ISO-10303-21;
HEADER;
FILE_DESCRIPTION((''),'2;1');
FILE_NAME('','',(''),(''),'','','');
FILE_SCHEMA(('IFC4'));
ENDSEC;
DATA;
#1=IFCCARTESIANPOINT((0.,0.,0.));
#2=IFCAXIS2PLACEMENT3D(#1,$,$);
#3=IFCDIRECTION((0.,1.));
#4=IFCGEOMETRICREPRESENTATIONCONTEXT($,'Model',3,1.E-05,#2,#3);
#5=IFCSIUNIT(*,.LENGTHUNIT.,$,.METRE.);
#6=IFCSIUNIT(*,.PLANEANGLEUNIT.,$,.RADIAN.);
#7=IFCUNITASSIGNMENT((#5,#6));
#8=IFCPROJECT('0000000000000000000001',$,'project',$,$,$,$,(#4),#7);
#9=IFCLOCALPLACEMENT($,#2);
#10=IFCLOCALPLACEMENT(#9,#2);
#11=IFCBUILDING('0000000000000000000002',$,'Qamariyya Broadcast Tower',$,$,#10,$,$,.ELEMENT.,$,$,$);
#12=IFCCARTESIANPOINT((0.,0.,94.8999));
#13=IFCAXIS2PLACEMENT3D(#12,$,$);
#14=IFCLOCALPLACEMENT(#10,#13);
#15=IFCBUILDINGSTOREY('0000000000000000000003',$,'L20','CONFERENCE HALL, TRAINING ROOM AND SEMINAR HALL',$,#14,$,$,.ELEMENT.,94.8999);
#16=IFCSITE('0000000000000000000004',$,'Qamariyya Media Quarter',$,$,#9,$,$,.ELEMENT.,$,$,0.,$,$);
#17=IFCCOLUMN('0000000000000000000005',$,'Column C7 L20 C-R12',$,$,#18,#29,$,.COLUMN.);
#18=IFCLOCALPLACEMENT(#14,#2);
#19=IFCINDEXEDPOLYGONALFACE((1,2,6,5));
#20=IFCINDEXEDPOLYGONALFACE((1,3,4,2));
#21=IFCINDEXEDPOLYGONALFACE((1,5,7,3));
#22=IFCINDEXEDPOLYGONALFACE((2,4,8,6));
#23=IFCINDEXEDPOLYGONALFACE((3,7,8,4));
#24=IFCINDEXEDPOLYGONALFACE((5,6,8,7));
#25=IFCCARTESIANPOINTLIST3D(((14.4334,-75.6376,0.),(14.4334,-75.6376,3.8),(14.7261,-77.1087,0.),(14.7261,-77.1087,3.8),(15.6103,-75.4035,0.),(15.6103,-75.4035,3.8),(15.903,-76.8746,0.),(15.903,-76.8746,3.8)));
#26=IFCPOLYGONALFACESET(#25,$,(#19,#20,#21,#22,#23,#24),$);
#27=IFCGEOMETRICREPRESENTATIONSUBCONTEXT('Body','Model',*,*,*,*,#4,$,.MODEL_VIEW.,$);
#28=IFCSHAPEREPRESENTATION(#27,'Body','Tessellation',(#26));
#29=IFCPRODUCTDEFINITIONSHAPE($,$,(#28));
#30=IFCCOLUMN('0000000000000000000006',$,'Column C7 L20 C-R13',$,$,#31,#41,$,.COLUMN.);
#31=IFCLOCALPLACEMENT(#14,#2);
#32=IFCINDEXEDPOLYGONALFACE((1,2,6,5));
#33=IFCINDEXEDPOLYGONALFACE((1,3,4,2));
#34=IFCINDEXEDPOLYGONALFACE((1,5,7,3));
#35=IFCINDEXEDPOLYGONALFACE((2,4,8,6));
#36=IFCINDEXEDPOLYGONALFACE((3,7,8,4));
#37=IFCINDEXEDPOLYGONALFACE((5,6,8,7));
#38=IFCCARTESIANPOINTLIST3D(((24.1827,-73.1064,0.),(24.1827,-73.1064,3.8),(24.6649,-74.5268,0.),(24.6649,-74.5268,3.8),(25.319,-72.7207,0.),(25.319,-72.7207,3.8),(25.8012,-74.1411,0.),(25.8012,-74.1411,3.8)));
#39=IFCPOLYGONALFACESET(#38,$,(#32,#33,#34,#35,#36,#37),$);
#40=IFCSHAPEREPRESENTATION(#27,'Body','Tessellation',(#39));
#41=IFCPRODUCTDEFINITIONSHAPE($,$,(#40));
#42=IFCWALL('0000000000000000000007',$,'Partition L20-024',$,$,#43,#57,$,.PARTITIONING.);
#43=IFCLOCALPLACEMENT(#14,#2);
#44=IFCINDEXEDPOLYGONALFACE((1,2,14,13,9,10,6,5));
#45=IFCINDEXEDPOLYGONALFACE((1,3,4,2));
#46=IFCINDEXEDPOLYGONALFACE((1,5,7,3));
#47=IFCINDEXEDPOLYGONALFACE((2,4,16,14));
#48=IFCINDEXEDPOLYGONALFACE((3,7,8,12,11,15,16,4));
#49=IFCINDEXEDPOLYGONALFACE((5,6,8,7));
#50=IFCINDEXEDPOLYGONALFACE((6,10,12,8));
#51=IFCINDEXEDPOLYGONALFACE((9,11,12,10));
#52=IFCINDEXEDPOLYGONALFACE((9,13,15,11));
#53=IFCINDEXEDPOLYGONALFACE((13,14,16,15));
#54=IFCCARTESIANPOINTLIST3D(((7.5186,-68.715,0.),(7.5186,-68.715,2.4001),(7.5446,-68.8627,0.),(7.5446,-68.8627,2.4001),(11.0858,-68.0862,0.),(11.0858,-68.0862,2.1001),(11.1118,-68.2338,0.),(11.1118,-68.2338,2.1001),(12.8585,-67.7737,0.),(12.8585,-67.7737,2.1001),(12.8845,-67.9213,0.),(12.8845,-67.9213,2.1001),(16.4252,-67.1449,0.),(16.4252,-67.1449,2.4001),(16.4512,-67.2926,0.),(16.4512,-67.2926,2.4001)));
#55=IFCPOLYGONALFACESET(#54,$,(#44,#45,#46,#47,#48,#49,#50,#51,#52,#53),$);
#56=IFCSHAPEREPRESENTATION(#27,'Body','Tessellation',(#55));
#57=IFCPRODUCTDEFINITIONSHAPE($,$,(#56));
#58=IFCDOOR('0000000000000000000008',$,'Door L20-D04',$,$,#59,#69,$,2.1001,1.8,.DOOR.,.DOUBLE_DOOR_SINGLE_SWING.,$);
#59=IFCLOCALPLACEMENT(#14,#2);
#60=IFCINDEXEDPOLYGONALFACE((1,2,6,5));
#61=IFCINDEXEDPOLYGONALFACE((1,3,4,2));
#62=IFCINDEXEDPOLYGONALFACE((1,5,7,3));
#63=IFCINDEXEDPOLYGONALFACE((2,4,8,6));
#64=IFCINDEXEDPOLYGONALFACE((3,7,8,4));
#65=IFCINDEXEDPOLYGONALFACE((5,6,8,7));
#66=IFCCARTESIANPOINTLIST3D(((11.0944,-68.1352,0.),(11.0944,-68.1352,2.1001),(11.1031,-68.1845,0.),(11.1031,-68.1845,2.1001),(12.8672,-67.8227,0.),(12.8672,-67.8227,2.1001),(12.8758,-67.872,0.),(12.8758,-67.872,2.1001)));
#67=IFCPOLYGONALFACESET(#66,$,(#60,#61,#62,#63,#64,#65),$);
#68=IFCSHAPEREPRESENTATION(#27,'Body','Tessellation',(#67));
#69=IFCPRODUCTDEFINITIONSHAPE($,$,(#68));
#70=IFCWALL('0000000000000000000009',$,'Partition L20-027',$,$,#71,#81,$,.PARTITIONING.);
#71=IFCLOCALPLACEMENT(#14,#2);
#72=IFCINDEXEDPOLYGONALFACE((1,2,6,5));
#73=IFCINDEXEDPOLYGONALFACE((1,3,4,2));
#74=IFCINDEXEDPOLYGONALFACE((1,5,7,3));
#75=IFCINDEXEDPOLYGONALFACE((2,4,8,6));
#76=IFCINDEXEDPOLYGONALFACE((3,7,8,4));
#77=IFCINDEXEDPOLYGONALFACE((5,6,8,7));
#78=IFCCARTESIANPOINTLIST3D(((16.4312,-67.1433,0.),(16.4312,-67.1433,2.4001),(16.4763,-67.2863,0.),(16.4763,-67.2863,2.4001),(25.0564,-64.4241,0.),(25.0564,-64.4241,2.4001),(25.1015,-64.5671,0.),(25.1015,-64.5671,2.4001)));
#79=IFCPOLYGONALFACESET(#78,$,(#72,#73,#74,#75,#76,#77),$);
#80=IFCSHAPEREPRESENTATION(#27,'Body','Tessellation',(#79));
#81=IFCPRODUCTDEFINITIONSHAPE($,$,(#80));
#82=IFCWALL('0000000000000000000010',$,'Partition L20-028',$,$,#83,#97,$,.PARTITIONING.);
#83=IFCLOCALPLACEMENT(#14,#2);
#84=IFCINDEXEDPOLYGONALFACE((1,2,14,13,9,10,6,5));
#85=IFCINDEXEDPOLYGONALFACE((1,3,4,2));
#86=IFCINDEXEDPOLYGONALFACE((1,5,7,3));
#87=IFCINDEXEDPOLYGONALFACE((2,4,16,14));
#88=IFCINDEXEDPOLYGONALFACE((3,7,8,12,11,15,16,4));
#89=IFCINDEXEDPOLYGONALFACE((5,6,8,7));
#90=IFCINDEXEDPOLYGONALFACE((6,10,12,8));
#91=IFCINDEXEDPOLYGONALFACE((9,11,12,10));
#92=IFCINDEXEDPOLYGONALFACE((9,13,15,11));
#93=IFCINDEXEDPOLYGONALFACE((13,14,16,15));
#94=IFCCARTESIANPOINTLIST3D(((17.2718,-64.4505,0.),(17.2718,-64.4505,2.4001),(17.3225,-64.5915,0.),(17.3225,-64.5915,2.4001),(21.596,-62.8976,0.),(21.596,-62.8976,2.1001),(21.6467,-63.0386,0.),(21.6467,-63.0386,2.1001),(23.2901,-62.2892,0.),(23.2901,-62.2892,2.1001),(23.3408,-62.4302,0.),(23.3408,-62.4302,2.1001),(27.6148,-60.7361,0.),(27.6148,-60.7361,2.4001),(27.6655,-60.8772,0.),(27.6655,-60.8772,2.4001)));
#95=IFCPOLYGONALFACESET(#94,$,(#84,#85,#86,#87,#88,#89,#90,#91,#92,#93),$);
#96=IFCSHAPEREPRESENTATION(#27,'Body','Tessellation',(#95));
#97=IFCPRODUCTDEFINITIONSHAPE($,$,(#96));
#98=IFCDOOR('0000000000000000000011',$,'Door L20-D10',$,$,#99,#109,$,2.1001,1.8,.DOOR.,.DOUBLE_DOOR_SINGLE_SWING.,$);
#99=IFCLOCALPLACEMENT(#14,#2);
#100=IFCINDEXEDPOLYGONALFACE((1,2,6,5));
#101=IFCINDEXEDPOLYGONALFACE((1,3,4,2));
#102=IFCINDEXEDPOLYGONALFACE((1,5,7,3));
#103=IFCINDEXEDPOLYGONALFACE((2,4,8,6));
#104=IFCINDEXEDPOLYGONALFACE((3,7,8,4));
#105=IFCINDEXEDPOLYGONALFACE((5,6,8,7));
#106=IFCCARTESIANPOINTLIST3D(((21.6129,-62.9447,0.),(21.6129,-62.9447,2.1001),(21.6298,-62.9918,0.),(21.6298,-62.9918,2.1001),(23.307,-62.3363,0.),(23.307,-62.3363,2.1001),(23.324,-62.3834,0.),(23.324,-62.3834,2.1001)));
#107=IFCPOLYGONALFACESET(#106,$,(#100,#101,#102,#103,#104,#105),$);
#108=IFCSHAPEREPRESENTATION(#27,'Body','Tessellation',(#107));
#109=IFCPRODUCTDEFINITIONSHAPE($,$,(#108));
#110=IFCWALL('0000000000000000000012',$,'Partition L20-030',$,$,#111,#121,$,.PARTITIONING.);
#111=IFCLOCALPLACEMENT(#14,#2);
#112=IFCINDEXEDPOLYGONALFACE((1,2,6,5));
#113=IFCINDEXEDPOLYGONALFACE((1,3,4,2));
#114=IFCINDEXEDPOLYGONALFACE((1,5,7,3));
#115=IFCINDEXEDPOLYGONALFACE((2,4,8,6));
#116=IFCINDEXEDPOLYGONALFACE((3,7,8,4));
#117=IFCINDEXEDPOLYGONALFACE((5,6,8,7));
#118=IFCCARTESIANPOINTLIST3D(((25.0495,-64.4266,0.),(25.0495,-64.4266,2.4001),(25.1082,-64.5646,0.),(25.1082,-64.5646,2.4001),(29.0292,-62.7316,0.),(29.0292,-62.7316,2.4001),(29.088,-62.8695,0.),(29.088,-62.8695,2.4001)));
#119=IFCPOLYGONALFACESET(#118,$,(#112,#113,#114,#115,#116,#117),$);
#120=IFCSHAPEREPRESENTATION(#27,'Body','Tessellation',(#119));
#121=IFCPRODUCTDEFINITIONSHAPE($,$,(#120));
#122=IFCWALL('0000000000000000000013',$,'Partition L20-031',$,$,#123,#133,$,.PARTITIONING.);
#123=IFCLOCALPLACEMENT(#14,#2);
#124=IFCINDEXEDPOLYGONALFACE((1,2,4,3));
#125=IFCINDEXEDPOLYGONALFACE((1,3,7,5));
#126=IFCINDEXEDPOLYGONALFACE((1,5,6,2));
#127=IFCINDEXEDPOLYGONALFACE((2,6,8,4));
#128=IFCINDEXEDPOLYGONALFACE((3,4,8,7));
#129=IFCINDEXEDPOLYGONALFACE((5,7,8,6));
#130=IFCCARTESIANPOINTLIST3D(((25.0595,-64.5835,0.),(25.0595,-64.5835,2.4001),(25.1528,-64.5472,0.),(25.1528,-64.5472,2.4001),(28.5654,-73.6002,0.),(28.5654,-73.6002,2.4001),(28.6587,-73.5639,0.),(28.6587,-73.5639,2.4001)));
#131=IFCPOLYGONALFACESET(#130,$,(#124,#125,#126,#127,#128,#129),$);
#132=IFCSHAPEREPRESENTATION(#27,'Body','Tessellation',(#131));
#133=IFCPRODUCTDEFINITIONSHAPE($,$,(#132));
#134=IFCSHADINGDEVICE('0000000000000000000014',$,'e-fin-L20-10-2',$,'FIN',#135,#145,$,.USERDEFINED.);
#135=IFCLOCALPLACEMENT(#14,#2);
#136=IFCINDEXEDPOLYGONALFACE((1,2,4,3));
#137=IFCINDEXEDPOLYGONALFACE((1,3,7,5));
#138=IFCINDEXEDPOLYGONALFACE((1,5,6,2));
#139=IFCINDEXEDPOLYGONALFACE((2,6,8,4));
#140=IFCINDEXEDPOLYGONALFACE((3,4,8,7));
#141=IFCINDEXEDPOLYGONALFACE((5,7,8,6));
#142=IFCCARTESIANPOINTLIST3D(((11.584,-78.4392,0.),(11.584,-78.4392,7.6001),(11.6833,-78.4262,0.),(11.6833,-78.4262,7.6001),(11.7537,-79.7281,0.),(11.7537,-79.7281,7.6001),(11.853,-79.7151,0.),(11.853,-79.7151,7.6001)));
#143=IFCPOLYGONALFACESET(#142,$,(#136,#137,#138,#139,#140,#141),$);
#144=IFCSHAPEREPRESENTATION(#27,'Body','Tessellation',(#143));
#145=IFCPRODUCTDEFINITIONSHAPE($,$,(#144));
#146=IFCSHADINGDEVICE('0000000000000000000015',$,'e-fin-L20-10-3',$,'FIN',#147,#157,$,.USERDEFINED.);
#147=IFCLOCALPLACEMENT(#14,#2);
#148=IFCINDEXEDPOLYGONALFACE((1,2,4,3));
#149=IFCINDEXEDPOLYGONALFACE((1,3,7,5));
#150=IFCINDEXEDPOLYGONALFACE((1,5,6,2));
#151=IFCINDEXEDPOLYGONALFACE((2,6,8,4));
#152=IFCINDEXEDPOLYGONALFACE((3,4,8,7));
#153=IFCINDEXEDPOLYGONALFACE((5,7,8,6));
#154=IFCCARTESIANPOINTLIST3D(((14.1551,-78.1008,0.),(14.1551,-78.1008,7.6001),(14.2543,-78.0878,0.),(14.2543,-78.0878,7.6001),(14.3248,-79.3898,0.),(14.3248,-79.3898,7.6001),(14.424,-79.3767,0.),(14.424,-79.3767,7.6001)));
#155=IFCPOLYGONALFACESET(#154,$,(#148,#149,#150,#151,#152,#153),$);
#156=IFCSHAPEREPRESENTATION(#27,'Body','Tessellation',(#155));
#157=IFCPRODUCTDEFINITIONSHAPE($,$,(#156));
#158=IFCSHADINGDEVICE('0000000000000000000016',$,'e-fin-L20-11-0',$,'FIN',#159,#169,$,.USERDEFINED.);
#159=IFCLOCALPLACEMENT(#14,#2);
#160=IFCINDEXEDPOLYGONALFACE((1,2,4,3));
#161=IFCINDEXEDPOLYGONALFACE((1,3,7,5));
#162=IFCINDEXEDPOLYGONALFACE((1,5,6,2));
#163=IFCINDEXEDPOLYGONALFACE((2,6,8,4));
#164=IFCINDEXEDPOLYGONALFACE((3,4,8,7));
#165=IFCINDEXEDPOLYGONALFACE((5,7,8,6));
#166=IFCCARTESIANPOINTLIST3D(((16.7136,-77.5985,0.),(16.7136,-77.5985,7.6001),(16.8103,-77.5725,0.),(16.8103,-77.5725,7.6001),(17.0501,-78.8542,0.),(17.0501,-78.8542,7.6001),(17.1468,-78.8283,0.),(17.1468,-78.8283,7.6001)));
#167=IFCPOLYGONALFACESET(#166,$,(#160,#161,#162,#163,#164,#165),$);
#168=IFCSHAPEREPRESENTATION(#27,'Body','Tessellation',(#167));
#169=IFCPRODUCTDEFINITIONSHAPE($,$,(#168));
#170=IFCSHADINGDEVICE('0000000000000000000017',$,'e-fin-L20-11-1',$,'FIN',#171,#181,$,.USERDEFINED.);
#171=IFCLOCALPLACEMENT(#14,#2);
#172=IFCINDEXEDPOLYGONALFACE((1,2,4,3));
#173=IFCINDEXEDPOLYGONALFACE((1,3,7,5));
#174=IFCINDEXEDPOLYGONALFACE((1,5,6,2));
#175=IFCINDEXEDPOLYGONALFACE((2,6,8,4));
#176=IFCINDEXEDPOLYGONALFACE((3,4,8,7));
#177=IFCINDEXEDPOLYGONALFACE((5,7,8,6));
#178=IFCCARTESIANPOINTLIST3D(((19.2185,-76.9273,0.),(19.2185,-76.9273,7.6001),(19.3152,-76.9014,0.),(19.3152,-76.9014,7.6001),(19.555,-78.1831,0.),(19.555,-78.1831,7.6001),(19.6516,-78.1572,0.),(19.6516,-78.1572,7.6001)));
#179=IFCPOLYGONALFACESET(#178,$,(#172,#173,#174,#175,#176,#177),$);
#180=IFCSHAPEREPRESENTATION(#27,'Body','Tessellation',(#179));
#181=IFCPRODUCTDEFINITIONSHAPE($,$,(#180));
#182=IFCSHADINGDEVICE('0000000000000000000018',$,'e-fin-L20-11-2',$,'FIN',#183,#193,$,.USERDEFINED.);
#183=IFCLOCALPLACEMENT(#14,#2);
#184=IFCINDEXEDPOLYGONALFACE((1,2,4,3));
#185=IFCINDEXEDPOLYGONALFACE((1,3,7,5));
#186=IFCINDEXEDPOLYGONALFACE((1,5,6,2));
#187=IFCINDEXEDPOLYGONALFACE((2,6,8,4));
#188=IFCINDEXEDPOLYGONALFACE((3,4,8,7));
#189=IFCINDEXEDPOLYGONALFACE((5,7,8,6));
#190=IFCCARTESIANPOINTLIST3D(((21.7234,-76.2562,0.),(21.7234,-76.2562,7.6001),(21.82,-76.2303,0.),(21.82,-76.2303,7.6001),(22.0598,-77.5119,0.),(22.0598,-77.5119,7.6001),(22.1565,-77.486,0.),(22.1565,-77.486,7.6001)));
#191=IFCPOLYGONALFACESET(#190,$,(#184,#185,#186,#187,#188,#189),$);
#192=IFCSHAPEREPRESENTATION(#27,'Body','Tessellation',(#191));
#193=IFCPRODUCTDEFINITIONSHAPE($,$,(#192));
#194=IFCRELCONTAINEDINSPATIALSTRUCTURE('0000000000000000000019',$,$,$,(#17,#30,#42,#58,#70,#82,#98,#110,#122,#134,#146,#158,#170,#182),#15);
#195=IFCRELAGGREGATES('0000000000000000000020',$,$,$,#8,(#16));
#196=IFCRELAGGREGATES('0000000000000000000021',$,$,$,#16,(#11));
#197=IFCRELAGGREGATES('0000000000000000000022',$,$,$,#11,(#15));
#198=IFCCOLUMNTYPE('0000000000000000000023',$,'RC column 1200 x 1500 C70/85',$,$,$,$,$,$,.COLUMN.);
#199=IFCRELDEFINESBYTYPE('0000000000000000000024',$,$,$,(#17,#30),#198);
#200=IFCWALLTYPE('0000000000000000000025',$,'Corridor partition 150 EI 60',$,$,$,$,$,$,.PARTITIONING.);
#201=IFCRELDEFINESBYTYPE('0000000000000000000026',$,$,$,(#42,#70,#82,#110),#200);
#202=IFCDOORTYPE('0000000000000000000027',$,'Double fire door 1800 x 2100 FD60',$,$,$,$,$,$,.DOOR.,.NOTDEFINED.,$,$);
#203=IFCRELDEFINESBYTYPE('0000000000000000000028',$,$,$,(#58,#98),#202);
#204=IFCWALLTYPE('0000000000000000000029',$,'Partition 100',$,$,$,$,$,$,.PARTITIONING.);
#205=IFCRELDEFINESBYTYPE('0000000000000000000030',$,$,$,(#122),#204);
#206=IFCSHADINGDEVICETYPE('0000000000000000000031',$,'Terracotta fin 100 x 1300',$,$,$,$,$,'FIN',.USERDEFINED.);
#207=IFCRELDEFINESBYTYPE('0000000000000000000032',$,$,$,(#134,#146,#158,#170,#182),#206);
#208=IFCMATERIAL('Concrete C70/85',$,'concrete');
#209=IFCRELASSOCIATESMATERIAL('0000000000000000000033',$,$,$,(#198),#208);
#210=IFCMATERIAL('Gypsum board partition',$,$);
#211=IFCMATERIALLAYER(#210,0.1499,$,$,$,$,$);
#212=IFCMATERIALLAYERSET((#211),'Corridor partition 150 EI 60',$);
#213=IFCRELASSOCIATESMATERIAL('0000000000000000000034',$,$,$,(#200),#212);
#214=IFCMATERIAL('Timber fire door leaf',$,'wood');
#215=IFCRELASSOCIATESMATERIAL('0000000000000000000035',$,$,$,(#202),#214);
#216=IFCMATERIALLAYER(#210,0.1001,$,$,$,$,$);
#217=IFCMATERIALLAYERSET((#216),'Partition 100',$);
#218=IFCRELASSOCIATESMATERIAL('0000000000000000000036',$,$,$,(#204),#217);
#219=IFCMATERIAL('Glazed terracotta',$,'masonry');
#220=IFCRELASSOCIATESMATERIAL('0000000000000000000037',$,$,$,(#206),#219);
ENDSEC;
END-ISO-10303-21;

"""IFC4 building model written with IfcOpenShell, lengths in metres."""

from ifc_helpers import new_model, si_unit, direction, frame, frame_2d, origin, origin_2d, place, context, subcontext, project, spatial, rectangle, extrude, material, layer, layer_set, material_profile, profile_set, type_object, element, fill, save


model = new_model("IFC4")

# Units and contexts
model_context = context("Model", 3, precision=1e-05, world=origin(), true_north=direction((0.0, 1.0)))
body_context = subcontext(model_context, "Body", "Model", "MODEL_VIEW")
ifc_project = project(units=[si_unit("LENGTHUNIT", "METRE"), si_unit("PLANEANGLEUNIT", "RADIAN")], contexts=[model_context])

# Site, building, storey
site_placement = place(None, origin())
site = spatial("IfcSite", under=ifc_project, at=site_placement, Name="Qamariyya Media Quarter", CompositionType="ELEMENT", RefElevation=0.0)
building_placement = place(site_placement, origin())
building = spatial("IfcBuilding", under=site, at=building_placement, Name="Qamariyya Broadcast Tower", CompositionType="ELEMENT")
storey_placement = place(building_placement, frame((0.0, 0.0, 94.8999)))
storey = spatial("IfcBuildingStorey", under=building, at=storey_placement, Name="L20", Description="CONFERENCE HALL, TRAINING ROOM AND SEMINAR HALL", CompositionType="ELEMENT", Elevation=94.8999)

# Columns
ifc_material_1 = material(Name="Concrete C70/85", Category="concrete")
ifc_material_profile_1 = material_profile(ifc_material_1, rectangle(XDim=1.2, YDim=1.5, at=origin_2d()))
ifc_profile_set_1 = profile_set([ifc_material_profile_1], Name="Concrete C70/85")
column_type = type_object("IfcColumnType", Name="RC column 1200 x 1500 C70/85", PredefinedType="COLUMN", material=ifc_profile_set_1)
for number, where, z_axis, x_axis, name in (
    (1, (15.1682, -76.2561, 0.0), (0.0, 0.0, 1.0), (0.980785, 0.19509, 0.0), "Column C7 L20 C-R12"),
    (2, (24.9919, -73.6238, 0.0), (0.0, 0.0, 1.0), (0.94693, 0.321439, 0.0), "Column C7 L20 C-R13"),
):
    element("IfcColumn", number, at=place(storey_placement, frame(where, z_axis=z_axis, x_axis=x_axis)), inside=storey, type_object=column_type, Name=name, PredefinedType="COLUMN", context=body_context, shape_type="SweptSolid", body=[
        extrude(rectangle(XDim=1.2, YDim=1.5, at=origin_2d()), origin(), (0.0, 0.0, 1.0), 3.8),
    ])

# Wall, opening, door
ifc_material_2 = material(Name="Gypsum board partition")
ifc_layer_1 = layer(ifc_material_2, 0.1499)
ifc_layer_set_1 = layer_set([ifc_layer_1], Name="Corridor partition 150 EI 60")
wall_type_1 = type_object("IfcWallType", Name="Corridor partition 150 EI 60", PredefinedType="PARTITIONING", material=ifc_layer_set_1)
wall_1_placement = place(storey_placement, frame((16.4382, -67.2188, 0.0), z_axis=(0.0, 0.0, 1.0), x_axis=(-0.984815, -0.173607, 0.0)))
wall_1 = element("IfcWall", 3, at=wall_1_placement, inside=storey, type_object=wall_type_1, Name="Partition L20-024", PredefinedType="PARTITIONING", context=body_context, shape_type="SweptSolid", body=[
    extrude(rectangle(XDim=9.0439, YDim=0.1499, at=frame_2d((4.522, 0.0))), origin(), (0.0, 0.0, 1.0), 2.4001),
])
opening_1_placement = place(wall_1_placement, frame((3.6218, 0.0, 0.0)))
opening_1 = element("IfcOpeningElement", 4, at=opening_1_placement, cuts=wall_1, PredefinedType="OPENING", context=body_context, shape_type="SweptSolid", body=[
    extrude(rectangle(XDim=1.8, YDim=2.1001, at=frame_2d((0.8999, 1.05))), frame((0.0, 0.085, 0.0), z_axis=(0.0, -1.0, 0.0), x_axis=(1.0, 0.0, 0.0)), (0.0, 0.0, 1.0), 0.1699),
])
ifc_material_3 = material(Name="Timber fire door leaf", Category="wood")
door_type = type_object("IfcDoorType", Name="Double fire door 1800 x 2100 FD60", OperationType="NOTDEFINED", PredefinedType="DOOR", material=ifc_material_3)
door_1_placement = place(opening_1_placement, origin())
door_1 = element("IfcDoor", 5, at=door_1_placement, inside=storey, type_object=door_type, Name="Door L20-D04", OperationType="DOUBLE_DOOR_SINGLE_SWING", OverallHeight=2.1001, OverallWidth=1.8, PredefinedType="DOOR", context=body_context, shape_type="SweptSolid", body=[
    extrude(rectangle(XDim=1.8, YDim=2.1001, at=frame_2d((0.8999, 1.05))), frame((0.0, 0.0249, 0.0), z_axis=(0.0, -1.0, 0.0), x_axis=(1.0, 0.0, 0.0)), (0.0, 0.0, 1.0), 0.05),
])
fill(opening_1, door_1)

# Wall
wall_2_placement = place(storey_placement, frame((16.4536, -67.2148, 0.0), z_axis=(0.0, 0.0, 1.0), x_axis=(0.953726, 0.300677, 0.0)))
element("IfcWall", 6, at=wall_2_placement, inside=storey, type_object=wall_type_1, Name="Partition L20-027", PredefinedType="PARTITIONING", context=body_context, shape_type="SweptSolid", body=[
    extrude(rectangle(XDim=9.0437, YDim=0.1499, at=frame_2d((4.522, 0.0))), origin(), (0.0, 0.0, 1.0), 2.4001),
])

# Wall, opening, door
wall_3_placement = place(storey_placement, frame((17.2971, -64.521, 0.0), z_axis=(0.0, 0.0, 1.0), x_axis=(0.941152, 0.337984, 0.0)))
wall_3 = element("IfcWall", 7, at=wall_3_placement, inside=storey, type_object=wall_type_1, Name="Partition L20-028", PredefinedType="PARTITIONING", context=body_context, shape_type="SweptSolid", body=[
    extrude(rectangle(XDim=10.9897, YDim=0.1499, at=frame_2d((5.4949, 0.0))), origin(), (0.0, 0.0, 1.0), 2.4001),
])
opening_2_placement = place(wall_3_placement, frame((4.5947, 0.0, 0.0)))
opening_2 = element("IfcOpeningElement", 8, at=opening_2_placement, cuts=wall_3, PredefinedType="OPENING", context=body_context, shape_type="SweptSolid", body=[
    extrude(rectangle(XDim=1.8, YDim=2.1001, at=frame_2d((0.8999, 1.05))), frame((0.0, 0.085, 0.0), z_axis=(0.0, -1.0, 0.0), x_axis=(1.0, 0.0, 0.0)), (0.0, 0.0, 1.0), 0.1699),
])
door_2_placement = place(opening_2_placement, origin())
door_2 = element("IfcDoor", 9, at=door_2_placement, inside=storey, type_object=door_type, Name="Door L20-D10", OperationType="DOUBLE_DOOR_SINGLE_SWING", OverallHeight=2.1001, OverallWidth=1.8, PredefinedType="DOOR", context=body_context, shape_type="SweptSolid", body=[
    extrude(rectangle(XDim=1.8, YDim=2.1001, at=frame_2d((0.8999, 1.05))), frame((0.0, 0.0249, 0.0), z_axis=(0.0, -1.0, 0.0), x_axis=(1.0, 0.0, 0.0)), (0.0, 0.0, 1.0), 0.05),
])
fill(opening_2, door_2)

# Walls
wall_4_placement = place(storey_placement, frame((25.0789, -64.4956, 0.0), z_axis=(0.0, 0.0, 1.0), x_axis=(0.920024, 0.391861, 0.0)))
element("IfcWall", 10, at=wall_4_placement, inside=storey, type_object=wall_type_1, Name="Partition L20-030", PredefinedType="PARTITIONING", context=body_context, shape_type="SweptSolid", body=[
    extrude(rectangle(XDim=4.3257, YDim=0.1499, at=frame_2d((2.1628, 0.0))), origin(), (0.0, 0.0, 1.0), 2.4001),
])
ifc_layer_2 = layer(ifc_material_2, 0.1001)
ifc_layer_set_2 = layer_set([ifc_layer_2], Name="Partition 100")
wall_type_2 = type_object("IfcWallType", Name="Partition 100", PredefinedType="PARTITIONING", material=ifc_layer_set_2)
wall_5_placement = place(storey_placement, frame((28.6121, -73.582, 0.0), z_axis=(0.0, 0.0, 1.0), x_axis=(-0.362393, 0.932026, 0.0)))
element("IfcWall", 11, at=wall_5_placement, inside=storey, type_object=wall_type_2, Name="Partition L20-031", PredefinedType="PARTITIONING", context=body_context, shape_type="SweptSolid", body=[
    extrude(rectangle(XDim=9.6743, YDim=0.1001, at=frame_2d((4.8372, 0.0))), origin(), (0.0, 0.0, 1.0), 2.4001),
])

# Shading devices
ifc_material_4 = material(Name="Glazed terracotta", Category="masonry")
ifc_material_profile_2 = material_profile(ifc_material_4, rectangle(XDim=1.3, YDim=0.1001, at=origin_2d()))
ifc_profile_set_2 = profile_set([ifc_material_profile_2], Name="Glazed terracotta")
shading_device_type_1 = type_object("IfcShadingDeviceType", Name="Terracotta fin 100 x 1300", ElementType="FIN", PredefinedType="USERDEFINED", material=ifc_profile_set_2)
for number, where, z_axis, x_axis, name in (
    (12, (11.7185, -79.0771, 0.0), (0.0, 0.0, 1.0), (0.130526, -0.991445, 0.0), "e-fin-L20-10-2"),
    (13, (14.2896, -78.7388, 0.0), (0.0, 0.0, 1.0), (0.130526, -0.991445, 0.0), "e-fin-L20-10-3"),
    (14, (16.9302, -78.2134, 0.0), (0.0, 0.0, 1.0), (0.258819, -0.965926, 0.0), "e-fin-L20-11-0"),
    (15, (19.4351, -77.5422, 0.0), (0.0, 0.0, 1.0), (0.258819, -0.965926, 0.0), "e-fin-L20-11-1"),
    (16, (21.9399, -76.8711, 0.0), (0.0, 0.0, 1.0), (0.258819, -0.965926, 0.0), "e-fin-L20-11-2"),
):
    element("IfcShadingDevice", number, at=place(storey_placement, frame(where, z_axis=z_axis, x_axis=x_axis)), inside=storey, type_object=shading_device_type_1, Name=name, ObjectType="FIN", PredefinedType="USERDEFINED", context=body_context, shape_type="SweptSolid", body=[
        extrude(rectangle(XDim=1.3, YDim=0.1001, at=origin_2d()), origin(), (0.0, 0.0, 1.0), 7.6001),
    ])

save(model, "model.ifc")
